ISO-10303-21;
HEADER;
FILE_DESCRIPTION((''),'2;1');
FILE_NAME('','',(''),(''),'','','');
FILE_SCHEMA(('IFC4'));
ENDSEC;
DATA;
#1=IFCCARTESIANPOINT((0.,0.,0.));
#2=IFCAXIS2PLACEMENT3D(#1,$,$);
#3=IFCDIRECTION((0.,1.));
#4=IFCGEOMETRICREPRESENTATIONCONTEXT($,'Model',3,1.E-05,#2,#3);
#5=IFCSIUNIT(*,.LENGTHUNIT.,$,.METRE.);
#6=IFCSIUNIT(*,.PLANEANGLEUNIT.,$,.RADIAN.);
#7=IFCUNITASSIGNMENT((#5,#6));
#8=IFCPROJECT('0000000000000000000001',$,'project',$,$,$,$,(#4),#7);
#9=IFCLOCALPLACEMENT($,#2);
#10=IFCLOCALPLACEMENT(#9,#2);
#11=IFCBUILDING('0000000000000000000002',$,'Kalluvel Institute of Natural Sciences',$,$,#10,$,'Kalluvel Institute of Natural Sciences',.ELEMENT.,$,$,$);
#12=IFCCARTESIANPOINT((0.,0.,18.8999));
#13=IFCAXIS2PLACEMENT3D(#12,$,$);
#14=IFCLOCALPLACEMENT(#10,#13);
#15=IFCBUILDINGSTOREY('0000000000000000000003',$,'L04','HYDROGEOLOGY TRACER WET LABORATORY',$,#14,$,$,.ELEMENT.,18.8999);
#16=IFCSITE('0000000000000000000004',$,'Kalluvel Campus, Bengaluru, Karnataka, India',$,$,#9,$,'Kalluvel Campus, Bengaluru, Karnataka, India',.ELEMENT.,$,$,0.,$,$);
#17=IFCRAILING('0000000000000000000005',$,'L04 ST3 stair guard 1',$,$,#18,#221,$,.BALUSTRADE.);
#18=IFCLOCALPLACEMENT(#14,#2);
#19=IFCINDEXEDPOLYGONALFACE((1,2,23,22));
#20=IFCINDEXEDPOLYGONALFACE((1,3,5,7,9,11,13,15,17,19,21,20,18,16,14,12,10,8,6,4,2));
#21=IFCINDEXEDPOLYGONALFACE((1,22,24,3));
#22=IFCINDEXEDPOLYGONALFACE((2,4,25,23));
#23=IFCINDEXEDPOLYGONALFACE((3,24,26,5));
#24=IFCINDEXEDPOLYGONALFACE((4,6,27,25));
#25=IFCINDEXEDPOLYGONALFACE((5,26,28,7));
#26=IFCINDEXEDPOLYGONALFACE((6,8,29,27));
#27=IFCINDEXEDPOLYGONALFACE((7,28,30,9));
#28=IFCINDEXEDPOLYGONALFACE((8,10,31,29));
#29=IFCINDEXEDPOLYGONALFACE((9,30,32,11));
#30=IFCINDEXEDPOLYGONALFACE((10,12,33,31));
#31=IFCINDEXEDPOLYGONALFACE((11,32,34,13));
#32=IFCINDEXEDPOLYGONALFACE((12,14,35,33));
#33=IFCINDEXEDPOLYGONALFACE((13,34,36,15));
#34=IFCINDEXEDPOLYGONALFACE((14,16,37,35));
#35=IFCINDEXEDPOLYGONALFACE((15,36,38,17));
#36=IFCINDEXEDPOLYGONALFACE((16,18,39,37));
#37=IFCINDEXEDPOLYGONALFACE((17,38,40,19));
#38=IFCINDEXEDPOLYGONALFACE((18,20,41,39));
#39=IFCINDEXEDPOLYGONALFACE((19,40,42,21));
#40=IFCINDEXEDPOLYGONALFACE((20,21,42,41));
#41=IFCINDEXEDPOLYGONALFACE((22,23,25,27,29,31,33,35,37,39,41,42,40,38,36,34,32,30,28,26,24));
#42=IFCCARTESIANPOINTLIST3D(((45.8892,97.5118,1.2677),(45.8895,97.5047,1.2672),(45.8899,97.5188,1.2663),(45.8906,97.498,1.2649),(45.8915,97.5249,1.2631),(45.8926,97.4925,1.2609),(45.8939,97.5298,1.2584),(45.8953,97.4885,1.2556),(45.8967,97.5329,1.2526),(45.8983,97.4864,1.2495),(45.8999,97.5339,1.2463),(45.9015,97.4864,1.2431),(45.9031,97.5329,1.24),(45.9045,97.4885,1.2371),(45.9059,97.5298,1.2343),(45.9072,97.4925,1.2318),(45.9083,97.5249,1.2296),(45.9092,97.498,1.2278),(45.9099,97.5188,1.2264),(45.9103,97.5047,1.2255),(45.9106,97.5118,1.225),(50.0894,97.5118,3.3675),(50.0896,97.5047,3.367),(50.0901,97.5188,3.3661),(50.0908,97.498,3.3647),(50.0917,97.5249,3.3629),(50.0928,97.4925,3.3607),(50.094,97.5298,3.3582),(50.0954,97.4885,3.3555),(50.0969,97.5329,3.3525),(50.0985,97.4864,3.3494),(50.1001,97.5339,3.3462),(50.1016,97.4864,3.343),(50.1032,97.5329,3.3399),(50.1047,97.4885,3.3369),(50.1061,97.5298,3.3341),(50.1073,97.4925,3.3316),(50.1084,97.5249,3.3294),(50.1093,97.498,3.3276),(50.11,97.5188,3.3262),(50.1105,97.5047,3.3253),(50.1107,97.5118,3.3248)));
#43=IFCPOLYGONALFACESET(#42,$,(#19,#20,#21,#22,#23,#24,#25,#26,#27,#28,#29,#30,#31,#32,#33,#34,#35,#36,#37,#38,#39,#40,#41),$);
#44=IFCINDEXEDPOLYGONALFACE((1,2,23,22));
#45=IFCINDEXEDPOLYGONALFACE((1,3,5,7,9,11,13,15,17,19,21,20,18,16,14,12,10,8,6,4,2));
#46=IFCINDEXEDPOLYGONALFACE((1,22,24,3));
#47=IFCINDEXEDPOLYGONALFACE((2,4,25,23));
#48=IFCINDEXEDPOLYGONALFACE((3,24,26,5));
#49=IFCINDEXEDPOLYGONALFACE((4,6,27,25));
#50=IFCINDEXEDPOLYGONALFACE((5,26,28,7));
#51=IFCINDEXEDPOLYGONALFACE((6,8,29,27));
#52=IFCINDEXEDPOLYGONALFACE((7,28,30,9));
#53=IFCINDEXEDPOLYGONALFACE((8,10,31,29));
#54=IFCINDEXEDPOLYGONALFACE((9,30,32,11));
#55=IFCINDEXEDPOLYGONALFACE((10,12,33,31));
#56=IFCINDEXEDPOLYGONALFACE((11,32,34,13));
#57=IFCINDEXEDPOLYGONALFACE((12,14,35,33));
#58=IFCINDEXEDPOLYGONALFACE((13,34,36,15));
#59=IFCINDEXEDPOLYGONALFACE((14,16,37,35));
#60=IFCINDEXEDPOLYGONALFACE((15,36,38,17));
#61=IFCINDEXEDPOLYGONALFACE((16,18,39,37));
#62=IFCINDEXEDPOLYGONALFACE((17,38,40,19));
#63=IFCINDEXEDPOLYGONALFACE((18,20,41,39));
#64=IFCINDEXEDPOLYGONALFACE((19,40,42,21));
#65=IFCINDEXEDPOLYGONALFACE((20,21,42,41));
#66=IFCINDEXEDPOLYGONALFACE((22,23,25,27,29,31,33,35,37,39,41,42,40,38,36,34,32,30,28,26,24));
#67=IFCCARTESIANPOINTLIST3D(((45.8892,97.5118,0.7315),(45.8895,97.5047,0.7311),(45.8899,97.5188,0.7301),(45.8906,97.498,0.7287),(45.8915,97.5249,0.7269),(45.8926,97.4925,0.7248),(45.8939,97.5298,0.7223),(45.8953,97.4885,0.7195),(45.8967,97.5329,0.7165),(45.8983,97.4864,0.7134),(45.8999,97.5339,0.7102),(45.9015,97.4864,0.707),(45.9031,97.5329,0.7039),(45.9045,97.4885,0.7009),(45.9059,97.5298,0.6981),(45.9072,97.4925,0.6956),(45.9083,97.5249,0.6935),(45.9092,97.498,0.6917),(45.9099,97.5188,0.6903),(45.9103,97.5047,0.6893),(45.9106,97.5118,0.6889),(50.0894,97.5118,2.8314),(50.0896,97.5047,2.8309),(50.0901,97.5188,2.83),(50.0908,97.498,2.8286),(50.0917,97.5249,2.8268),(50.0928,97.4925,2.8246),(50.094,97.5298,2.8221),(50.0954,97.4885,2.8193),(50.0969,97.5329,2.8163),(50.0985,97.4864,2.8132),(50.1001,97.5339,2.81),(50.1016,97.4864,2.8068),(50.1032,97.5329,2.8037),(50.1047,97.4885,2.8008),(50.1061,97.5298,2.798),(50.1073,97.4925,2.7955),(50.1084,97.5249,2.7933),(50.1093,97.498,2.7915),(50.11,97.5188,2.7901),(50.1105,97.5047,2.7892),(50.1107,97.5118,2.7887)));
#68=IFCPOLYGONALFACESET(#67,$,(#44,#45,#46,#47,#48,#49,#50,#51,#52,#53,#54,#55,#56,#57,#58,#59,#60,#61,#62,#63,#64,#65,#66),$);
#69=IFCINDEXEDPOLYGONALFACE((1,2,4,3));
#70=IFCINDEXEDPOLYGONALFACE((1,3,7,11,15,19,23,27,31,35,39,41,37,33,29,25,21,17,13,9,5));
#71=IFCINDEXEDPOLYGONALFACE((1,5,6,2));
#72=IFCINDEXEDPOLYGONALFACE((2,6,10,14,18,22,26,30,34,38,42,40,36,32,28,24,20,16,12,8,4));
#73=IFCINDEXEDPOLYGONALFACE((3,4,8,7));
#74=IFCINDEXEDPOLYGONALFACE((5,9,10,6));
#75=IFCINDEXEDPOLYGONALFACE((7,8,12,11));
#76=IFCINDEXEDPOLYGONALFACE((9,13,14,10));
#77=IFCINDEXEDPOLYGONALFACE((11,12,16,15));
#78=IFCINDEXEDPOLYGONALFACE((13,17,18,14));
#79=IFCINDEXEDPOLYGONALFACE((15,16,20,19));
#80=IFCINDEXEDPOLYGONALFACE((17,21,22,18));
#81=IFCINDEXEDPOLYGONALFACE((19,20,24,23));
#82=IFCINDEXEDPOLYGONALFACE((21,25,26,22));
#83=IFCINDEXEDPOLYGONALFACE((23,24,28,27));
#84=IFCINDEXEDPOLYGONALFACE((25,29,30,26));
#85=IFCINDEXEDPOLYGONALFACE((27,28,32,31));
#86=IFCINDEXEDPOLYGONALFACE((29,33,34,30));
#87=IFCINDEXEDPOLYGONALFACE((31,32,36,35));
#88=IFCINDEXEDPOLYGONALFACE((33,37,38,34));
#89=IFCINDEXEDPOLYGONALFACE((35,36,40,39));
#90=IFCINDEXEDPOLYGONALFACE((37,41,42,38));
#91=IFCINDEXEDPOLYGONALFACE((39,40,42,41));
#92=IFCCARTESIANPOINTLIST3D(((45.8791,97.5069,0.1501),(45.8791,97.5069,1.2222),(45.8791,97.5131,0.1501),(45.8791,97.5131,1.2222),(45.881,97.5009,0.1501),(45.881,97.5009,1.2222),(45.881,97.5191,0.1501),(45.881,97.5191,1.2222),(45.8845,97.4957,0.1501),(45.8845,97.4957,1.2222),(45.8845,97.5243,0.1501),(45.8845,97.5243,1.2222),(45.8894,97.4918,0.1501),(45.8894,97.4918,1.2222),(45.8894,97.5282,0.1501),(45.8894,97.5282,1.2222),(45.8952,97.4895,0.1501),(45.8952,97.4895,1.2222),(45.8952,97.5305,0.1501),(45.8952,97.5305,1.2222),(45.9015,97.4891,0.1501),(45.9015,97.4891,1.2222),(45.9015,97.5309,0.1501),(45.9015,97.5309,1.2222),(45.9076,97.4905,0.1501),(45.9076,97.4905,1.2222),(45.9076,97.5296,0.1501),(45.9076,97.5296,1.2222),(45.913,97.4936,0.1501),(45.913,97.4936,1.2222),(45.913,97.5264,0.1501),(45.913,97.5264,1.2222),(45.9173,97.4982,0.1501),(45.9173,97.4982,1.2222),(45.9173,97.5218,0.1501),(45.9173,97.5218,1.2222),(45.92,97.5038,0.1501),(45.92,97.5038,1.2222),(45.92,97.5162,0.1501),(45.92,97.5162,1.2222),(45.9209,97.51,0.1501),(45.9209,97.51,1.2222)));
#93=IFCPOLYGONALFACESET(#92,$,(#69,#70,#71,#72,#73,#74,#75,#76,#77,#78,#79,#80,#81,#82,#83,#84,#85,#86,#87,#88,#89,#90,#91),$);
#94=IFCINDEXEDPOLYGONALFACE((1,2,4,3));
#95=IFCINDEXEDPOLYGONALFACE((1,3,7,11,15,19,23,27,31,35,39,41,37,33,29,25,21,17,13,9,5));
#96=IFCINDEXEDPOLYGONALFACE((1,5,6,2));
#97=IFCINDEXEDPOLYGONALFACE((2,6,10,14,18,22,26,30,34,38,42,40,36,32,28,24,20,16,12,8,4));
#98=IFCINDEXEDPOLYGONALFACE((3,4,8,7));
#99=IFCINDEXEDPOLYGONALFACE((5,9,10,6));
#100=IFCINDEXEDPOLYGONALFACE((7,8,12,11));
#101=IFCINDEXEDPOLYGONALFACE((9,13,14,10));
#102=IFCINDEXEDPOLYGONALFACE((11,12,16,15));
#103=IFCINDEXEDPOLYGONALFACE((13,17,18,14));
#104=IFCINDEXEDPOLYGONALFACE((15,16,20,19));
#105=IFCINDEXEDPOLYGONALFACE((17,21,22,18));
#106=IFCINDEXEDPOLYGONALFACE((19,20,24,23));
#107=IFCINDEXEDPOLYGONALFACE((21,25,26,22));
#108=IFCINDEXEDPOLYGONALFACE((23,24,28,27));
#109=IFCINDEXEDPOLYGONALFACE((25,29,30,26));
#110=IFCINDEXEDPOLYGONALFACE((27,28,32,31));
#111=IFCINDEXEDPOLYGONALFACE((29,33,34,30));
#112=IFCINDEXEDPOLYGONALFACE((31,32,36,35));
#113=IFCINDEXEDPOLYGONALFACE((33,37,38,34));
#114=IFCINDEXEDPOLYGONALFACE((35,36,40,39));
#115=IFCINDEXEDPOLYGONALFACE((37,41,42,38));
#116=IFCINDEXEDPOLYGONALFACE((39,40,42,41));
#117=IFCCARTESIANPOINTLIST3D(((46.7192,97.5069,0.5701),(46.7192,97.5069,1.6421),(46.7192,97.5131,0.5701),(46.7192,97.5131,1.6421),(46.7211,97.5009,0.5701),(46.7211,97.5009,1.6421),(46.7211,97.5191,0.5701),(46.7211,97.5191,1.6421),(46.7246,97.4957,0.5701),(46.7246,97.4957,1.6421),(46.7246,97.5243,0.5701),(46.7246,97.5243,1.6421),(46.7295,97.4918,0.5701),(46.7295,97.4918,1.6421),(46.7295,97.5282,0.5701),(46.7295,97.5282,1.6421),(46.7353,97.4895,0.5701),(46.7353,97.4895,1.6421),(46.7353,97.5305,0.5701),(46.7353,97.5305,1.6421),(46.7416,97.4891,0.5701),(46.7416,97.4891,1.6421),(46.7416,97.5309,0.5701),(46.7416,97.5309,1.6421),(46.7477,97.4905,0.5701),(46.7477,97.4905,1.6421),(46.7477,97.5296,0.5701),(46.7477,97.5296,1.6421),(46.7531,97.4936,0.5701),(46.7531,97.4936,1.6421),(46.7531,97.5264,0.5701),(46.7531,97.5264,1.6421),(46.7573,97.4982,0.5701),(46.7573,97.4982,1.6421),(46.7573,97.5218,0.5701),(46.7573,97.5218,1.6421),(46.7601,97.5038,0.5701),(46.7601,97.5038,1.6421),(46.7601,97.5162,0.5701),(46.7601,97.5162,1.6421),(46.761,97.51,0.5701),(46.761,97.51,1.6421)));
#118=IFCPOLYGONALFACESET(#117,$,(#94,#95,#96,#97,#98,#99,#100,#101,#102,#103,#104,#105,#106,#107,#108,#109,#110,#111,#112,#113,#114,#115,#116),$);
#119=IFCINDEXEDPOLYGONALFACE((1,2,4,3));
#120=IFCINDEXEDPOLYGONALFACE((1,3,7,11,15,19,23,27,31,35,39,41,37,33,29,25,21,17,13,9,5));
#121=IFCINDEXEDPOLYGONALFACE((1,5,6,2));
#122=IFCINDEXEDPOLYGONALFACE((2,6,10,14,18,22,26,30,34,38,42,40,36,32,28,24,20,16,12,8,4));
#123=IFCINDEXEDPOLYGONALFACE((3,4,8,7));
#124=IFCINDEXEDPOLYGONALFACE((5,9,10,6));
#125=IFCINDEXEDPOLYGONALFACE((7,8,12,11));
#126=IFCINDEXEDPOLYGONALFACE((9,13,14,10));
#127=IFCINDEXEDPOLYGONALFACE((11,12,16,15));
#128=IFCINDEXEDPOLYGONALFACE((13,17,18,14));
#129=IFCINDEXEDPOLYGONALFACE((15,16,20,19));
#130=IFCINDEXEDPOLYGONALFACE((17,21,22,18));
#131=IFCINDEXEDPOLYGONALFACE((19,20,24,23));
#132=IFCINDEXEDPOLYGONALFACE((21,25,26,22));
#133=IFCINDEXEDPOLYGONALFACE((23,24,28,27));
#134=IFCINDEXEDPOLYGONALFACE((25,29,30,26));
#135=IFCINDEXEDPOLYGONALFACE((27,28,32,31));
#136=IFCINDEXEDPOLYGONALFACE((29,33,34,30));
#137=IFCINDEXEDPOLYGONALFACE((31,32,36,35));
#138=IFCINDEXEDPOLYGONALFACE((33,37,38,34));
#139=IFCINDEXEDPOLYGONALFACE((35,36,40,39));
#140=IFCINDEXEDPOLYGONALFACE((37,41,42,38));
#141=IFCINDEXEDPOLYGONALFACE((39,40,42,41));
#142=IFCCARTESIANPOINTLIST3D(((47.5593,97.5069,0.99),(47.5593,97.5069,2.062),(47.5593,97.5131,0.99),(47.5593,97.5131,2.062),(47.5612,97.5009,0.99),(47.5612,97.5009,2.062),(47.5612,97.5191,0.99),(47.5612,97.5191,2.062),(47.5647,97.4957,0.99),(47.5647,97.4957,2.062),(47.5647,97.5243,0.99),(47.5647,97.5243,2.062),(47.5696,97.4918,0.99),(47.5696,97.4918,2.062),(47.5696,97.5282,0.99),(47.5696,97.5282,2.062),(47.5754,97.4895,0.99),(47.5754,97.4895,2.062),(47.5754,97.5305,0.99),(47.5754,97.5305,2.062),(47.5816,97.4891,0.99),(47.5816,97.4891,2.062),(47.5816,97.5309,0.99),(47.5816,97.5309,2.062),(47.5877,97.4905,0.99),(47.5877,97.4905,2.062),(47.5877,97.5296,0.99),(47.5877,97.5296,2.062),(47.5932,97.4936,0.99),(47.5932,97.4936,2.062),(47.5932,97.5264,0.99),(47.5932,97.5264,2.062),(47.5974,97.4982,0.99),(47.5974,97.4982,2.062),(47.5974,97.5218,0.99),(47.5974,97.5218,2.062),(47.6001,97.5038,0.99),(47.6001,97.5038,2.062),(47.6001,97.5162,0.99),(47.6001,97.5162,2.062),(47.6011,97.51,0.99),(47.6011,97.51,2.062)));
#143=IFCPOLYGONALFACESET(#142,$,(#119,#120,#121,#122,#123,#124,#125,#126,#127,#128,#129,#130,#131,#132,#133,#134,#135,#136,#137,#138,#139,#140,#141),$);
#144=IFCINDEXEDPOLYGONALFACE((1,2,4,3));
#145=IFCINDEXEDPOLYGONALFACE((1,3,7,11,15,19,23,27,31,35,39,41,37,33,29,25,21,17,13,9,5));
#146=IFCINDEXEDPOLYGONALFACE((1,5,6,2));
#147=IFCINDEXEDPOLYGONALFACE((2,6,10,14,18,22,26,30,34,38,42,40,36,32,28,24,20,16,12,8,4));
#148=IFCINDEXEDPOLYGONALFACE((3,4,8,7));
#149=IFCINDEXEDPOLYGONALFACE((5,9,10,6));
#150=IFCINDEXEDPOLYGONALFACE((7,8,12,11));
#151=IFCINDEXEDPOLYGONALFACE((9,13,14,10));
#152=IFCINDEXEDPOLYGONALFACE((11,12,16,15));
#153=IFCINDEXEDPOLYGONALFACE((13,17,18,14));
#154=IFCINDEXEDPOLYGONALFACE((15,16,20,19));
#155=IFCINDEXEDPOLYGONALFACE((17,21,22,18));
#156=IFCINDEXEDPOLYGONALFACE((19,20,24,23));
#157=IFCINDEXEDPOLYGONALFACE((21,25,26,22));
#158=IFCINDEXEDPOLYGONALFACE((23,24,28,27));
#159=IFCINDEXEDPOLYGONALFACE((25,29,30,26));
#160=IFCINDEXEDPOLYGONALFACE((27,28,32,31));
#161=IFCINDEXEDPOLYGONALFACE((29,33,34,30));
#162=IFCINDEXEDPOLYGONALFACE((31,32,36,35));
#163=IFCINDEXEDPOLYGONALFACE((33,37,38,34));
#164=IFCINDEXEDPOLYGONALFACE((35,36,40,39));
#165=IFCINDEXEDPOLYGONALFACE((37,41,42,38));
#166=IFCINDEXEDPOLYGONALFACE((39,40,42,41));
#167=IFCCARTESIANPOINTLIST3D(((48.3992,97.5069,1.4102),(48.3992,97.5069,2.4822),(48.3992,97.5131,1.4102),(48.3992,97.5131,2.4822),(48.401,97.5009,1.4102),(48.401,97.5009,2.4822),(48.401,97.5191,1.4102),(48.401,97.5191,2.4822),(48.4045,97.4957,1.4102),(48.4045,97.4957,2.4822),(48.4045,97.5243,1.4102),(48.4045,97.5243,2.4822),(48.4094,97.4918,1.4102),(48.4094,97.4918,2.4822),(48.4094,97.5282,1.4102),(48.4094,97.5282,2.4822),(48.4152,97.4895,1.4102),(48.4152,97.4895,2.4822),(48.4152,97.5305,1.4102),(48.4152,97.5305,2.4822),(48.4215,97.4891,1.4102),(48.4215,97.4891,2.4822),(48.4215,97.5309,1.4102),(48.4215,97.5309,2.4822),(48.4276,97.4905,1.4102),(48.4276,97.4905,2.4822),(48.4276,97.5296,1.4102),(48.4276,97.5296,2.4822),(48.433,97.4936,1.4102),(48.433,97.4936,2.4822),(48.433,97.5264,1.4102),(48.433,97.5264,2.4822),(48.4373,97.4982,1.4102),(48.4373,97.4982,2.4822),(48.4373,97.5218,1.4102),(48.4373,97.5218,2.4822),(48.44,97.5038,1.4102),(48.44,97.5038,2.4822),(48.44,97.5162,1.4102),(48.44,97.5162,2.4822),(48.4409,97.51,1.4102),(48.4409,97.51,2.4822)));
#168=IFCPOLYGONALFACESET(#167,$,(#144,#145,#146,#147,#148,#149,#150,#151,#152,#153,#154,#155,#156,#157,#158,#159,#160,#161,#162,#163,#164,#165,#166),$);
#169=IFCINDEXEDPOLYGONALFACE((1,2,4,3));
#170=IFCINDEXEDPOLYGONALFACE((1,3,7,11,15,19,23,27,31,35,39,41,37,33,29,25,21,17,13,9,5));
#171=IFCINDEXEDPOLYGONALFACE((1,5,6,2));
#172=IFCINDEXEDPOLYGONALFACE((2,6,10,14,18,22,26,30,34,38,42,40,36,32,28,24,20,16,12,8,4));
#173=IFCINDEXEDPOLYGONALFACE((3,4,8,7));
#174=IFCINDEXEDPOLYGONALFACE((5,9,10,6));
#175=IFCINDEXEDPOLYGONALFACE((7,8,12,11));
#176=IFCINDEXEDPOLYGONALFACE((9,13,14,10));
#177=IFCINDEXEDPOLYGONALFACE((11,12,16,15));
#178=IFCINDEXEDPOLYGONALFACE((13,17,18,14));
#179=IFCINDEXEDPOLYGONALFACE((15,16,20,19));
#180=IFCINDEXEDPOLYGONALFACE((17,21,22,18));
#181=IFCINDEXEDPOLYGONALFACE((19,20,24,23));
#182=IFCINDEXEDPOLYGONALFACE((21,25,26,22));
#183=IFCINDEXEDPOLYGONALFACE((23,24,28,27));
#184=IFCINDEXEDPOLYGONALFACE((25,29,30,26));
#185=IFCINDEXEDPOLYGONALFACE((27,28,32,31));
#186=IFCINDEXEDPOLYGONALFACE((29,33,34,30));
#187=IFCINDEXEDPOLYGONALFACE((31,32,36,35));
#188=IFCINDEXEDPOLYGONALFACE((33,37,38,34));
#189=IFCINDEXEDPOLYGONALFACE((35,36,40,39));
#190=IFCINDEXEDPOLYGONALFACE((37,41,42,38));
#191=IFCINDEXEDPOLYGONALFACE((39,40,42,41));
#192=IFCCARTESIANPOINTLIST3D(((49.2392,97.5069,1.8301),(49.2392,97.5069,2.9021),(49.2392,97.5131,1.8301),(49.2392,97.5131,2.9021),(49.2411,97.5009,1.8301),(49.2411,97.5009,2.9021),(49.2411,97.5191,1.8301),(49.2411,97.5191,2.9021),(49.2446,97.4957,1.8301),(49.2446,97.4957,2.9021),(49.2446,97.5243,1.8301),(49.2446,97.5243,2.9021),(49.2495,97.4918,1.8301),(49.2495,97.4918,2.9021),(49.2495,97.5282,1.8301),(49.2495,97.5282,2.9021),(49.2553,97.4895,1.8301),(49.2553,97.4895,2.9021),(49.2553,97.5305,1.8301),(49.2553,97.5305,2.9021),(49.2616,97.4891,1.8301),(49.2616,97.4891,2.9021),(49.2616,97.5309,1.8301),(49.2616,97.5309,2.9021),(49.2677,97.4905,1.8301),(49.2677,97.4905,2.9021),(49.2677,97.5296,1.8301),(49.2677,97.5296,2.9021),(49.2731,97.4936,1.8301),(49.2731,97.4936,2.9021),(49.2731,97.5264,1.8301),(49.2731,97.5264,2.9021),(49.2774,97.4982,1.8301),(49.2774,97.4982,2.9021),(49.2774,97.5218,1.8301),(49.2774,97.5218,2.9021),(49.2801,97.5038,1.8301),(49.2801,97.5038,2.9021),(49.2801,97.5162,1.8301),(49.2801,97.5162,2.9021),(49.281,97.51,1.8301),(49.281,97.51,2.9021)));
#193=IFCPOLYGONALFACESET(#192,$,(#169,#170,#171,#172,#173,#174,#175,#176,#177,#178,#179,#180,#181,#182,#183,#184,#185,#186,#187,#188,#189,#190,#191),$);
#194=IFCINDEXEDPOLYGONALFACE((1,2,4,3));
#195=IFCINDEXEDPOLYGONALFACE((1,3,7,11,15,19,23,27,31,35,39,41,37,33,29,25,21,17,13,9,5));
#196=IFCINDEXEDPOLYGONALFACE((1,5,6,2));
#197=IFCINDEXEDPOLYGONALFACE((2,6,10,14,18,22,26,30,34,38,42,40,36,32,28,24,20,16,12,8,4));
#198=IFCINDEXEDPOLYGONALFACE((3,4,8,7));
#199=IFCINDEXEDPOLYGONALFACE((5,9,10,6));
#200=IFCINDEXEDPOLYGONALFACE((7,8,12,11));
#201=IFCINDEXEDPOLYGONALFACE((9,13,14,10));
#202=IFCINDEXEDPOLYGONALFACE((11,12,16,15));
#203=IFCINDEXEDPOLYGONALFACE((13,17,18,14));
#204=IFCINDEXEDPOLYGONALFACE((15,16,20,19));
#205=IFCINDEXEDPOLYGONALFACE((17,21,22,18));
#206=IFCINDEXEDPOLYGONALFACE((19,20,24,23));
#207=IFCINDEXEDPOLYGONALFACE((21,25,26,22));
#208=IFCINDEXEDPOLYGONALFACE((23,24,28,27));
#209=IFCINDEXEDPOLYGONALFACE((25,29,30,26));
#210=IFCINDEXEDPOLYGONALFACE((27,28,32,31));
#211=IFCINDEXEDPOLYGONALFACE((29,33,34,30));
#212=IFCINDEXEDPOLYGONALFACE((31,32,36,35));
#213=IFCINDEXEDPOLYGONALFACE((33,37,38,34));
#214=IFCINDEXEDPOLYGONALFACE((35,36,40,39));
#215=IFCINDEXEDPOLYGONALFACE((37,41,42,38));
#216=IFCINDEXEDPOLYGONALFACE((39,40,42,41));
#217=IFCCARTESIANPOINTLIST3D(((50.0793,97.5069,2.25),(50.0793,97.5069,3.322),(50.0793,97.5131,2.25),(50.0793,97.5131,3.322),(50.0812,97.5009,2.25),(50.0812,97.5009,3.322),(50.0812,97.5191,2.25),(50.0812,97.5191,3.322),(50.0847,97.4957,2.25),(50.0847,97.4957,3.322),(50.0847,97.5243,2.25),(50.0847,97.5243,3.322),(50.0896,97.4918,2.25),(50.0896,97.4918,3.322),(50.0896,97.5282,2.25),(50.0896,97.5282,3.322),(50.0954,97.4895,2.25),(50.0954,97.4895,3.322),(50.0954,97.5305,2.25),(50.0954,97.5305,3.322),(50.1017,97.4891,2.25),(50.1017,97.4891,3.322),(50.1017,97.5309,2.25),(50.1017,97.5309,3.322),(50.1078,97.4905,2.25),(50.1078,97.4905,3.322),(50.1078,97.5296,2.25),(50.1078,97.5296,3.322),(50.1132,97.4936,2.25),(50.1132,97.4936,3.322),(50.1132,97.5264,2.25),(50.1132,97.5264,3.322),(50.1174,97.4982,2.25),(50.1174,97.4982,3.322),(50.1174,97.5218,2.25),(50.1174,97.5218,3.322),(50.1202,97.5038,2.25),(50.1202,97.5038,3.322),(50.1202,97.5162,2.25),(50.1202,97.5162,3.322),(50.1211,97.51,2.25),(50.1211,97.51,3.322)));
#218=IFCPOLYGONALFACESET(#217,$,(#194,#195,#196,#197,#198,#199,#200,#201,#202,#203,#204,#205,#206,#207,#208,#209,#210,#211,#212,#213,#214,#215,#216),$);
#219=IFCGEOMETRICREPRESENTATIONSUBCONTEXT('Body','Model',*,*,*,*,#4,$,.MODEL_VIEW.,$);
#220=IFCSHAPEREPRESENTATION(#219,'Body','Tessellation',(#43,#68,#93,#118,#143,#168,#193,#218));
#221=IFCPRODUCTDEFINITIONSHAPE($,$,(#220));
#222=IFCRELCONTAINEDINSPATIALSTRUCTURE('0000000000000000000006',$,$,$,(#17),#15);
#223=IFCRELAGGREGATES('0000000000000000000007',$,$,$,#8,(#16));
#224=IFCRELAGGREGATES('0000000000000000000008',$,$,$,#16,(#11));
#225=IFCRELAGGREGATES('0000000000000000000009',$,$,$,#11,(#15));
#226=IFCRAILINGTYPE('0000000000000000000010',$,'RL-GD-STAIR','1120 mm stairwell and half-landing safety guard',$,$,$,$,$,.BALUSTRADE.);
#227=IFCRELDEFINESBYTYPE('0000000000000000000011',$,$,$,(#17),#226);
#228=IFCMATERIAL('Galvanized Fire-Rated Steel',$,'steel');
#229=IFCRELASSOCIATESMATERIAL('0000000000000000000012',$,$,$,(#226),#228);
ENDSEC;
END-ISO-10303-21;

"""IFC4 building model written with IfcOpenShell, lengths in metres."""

from ifc_helpers import new_model, si_unit, direction, frame, origin, origin_2d, place, context, subcontext, project, spatial, circle, extrude, material, type_object, element, save


model = new_model("IFC4")

# Units and contexts
model_context = context("Model", 3, precision=1e-05, world=origin(), true_north=direction((0.0, 1.0)))
body_context = subcontext(model_context, "Body", "Model", "MODEL_VIEW")
ifc_project = project(units=[si_unit("LENGTHUNIT", "METRE"), si_unit("PLANEANGLEUNIT", "RADIAN")], contexts=[model_context])

# Site, building, storey
site_placement = place(None, origin())
site = spatial("IfcSite", under=ifc_project, at=site_placement, Name="Kalluvel Campus, Bengaluru, Karnataka, India", LongName="Kalluvel Campus, Bengaluru, Karnataka, India", CompositionType="ELEMENT", RefElevation=0.0)
building_placement = place(site_placement, origin())
building = spatial("IfcBuilding", under=site, at=building_placement, Name="Kalluvel Institute of Natural Sciences", LongName="Kalluvel Institute of Natural Sciences", CompositionType="ELEMENT")
storey_placement = place(building_placement, frame((0.0, 0.0, 18.8999)))
storey = spatial("IfcBuildingStorey", under=building, at=storey_placement, Name="L04", Description="HYDROGEOLOGY TRACER WET LABORATORY", CompositionType="ELEMENT", Elevation=18.8999)

# Railing
ifc_material_1 = material(Name="Galvanized Fire-Rated Steel", Category="steel")
railing_type_1 = type_object("IfcRailingType", Name="RL-GD-STAIR", Description="1120 mm stairwell and half-landing safety guard", PredefinedType="BALUSTRADE", material=ifc_material_1)
railing_1_placement = place(storey_placement, frame((45.8999, 97.51, 0.1501)))
element("IfcRailing", 1, at=railing_1_placement, inside=storey, type_object=railing_type_1, Name="L04 ST3 stair guard 1", PredefinedType="BALUSTRADE", context=body_context, shape_type="SweptSolid", body=[
    extrude(circle(Radius=0.0239, at=origin_2d()), frame((0.0, 0.0, 1.0962), z_axis=(0.894448, 0.0, 0.447172), x_axis=(0.0, 1.0, 0.0)), (0.0, 0.0, 1.0), 4.6958),
    extrude(circle(Radius=0.0239, at=origin_2d()), frame((0.0, 0.0, 0.5601), z_axis=(0.894448, 0.0, 0.447172), x_axis=(0.0, 1.0, 0.0)), (0.0, 0.0, 1.0), 4.6958),
    extrude(circle(Radius=0.021, at=origin_2d()), origin(), (0.0, 0.0, 1.0), 1.072),
    extrude(circle(Radius=0.021, at=origin_2d()), frame((0.8401, 0.0, 0.4199)), (0.0, 0.0, 1.0), 1.072),
    extrude(circle(Radius=0.021, at=origin_2d()), frame((1.6802, 0.0, 0.8398)), (0.0, 0.0, 1.0), 1.072),
    extrude(circle(Radius=0.021, at=origin_2d()), frame((2.52, 0.0, 1.26)), (0.0, 0.0, 1.0), 1.072),
    extrude(circle(Radius=0.021, at=origin_2d()), frame((3.3601, 0.0, 1.6799)), (0.0, 0.0, 1.0), 1.072),
    extrude(circle(Radius=0.021, at=origin_2d()), frame((4.2002, 0.0, 2.0999)), (0.0, 0.0, 1.0), 1.072),
])

save(model, "model.ifc")
